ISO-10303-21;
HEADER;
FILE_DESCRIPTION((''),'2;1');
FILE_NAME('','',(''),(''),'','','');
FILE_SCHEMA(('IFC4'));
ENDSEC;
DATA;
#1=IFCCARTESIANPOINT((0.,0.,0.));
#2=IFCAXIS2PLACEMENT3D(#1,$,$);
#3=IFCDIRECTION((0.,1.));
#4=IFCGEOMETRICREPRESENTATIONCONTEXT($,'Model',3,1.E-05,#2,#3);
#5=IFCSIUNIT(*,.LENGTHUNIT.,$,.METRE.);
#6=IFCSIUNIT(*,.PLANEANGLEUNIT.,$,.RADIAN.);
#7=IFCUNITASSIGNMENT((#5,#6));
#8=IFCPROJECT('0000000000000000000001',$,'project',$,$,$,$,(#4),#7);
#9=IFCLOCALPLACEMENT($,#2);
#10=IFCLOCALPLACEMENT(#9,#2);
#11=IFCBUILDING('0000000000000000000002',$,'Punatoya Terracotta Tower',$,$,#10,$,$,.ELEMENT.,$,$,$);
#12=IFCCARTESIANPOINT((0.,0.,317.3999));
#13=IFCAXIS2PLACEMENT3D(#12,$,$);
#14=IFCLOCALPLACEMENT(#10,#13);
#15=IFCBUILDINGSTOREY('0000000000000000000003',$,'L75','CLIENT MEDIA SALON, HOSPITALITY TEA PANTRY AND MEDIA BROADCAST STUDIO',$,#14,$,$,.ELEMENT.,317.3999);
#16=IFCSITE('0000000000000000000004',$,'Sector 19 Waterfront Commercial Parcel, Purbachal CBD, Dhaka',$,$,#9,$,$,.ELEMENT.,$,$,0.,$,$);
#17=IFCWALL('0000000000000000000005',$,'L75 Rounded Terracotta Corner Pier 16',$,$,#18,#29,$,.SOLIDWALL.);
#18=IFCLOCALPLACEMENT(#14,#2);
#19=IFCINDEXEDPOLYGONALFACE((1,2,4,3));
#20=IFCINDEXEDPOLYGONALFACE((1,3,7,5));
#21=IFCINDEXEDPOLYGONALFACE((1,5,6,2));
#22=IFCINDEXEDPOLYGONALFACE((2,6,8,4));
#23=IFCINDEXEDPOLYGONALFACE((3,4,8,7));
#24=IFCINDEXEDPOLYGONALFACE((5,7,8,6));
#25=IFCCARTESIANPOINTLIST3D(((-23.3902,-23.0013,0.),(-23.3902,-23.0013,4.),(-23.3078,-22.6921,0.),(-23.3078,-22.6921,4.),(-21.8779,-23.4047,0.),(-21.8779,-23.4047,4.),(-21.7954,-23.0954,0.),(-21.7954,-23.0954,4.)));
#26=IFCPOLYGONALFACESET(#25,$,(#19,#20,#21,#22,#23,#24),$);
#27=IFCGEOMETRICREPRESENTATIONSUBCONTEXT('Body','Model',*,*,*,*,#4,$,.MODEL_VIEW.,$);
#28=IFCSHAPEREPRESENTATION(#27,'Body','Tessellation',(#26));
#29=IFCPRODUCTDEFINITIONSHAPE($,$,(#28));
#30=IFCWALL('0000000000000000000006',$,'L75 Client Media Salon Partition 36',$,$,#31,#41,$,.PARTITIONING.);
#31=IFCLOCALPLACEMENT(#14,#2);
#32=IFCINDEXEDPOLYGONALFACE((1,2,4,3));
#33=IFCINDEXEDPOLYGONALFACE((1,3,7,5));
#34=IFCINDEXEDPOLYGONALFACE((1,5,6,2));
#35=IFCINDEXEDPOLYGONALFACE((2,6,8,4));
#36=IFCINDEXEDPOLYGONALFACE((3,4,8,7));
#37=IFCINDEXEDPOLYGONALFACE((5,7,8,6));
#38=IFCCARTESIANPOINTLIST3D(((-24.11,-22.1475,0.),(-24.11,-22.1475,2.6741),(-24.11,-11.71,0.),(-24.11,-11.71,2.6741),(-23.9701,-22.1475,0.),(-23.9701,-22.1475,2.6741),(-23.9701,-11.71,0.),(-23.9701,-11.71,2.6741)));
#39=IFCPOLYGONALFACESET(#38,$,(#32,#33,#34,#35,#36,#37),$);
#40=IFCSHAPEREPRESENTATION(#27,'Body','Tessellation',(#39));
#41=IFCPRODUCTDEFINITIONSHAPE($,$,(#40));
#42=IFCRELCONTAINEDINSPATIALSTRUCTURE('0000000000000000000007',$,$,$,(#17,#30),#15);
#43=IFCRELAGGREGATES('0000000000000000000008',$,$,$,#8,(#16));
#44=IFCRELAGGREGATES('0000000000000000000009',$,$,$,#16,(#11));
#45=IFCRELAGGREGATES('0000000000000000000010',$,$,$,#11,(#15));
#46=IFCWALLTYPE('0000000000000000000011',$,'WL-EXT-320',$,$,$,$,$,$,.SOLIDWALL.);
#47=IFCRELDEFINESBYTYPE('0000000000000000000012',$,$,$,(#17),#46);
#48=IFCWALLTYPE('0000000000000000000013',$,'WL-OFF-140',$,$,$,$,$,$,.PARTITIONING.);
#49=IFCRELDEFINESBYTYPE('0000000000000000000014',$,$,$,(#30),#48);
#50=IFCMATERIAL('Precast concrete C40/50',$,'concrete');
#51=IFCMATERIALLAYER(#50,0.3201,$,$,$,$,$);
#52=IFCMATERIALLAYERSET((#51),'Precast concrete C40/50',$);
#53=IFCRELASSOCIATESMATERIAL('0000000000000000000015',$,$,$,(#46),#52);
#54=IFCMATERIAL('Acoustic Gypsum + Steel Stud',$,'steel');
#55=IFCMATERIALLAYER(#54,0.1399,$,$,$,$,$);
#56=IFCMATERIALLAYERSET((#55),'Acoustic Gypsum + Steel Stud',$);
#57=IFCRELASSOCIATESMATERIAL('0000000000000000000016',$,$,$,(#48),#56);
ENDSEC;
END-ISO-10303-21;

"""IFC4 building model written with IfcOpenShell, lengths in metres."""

from ifc_helpers import new_model, si_unit, direction, frame, frame_2d, origin, place, context, subcontext, project, spatial, rectangle, extrude, material, layer, layer_set, type_object, element, save


model = new_model("IFC4")

# Units and contexts
model_context = context("Model", 3, precision=1e-05, world=origin(), true_north=direction((0.0, 1.0)))
body_context = subcontext(model_context, "Body", "Model", "MODEL_VIEW")
ifc_project = project(units=[si_unit("LENGTHUNIT", "METRE"), si_unit("PLANEANGLEUNIT", "RADIAN")], contexts=[model_context])

# Site, building, storey
site_placement = place(None, origin())
site = spatial("IfcSite", under=ifc_project, at=site_placement, Name="Sector 19 Waterfront Commercial Parcel, Purbachal CBD, Dhaka", CompositionType="ELEMENT", RefElevation=0.0)
building_placement = place(site_placement, origin())
building = spatial("IfcBuilding", under=site, at=building_placement, Name="Punatoya Terracotta Tower", CompositionType="ELEMENT")
storey_placement = place(building_placement, frame((0.0, 0.0, 317.3999)))
storey = spatial("IfcBuildingStorey", under=building, at=storey_placement, Name="L75", Description="CLIENT MEDIA SALON, HOSPITALITY TEA PANTRY AND MEDIA BROADCAST STUDIO", CompositionType="ELEMENT", Elevation=317.3999)

# Walls
ifc_material_1 = material(Name="Precast concrete C40/50", Category="concrete")
ifc_layer_1 = layer(ifc_material_1, 0.3201)
ifc_layer_set_1 = layer_set([ifc_layer_1], Name="Precast concrete C40/50")
wall_type_1 = type_object("IfcWallType", Name="WL-EXT-320", PredefinedType="SOLIDWALL", material=ifc_layer_set_1)
wall_1_placement = place(storey_placement, frame((-23.3491, -22.8467, 0.0), z_axis=(0.0, 0.0, 1.0), x_axis=(0.966225, -0.257701, 0.0)))
element("IfcWall", 1, at=wall_1_placement, inside=storey, type_object=wall_type_1, Name="L75 Rounded Terracotta Corner Pier 16", PredefinedType="SOLIDWALL", context=body_context, shape_type="SweptSolid", body=[
    extrude(rectangle(XDim=1.5652, YDim=0.3201, at=frame_2d((0.7827, 0.0))), origin(), (0.0, 0.0, 1.0), 4.0),
])
ifc_material_2 = material(Name="Acoustic Gypsum + Steel Stud", Category="steel")
ifc_layer_2 = layer(ifc_material_2, 0.1399)
ifc_layer_set_2 = layer_set([ifc_layer_2], Name="Acoustic Gypsum + Steel Stud")
wall_type_2 = type_object("IfcWallType", Name="WL-OFF-140", PredefinedType="PARTITIONING", material=ifc_layer_set_2)
wall_2_placement = place(storey_placement, frame((-24.04, -22.1475, 0.0), z_axis=(0.0, 0.0, 1.0), x_axis=(0.0, 1.0, 0.0)))
element("IfcWall", 2, at=wall_2_placement, inside=storey, type_object=wall_type_2, Name="L75 Client Media Salon Partition 36", PredefinedType="PARTITIONING", context=body_context, shape_type="SweptSolid", body=[
    extrude(rectangle(XDim=10.4375, YDim=0.1399, at=frame_2d((5.2188, 0.0))), origin(), (0.0, 0.0, 1.0), 2.6741),
])

save(model, "model.ifc")
